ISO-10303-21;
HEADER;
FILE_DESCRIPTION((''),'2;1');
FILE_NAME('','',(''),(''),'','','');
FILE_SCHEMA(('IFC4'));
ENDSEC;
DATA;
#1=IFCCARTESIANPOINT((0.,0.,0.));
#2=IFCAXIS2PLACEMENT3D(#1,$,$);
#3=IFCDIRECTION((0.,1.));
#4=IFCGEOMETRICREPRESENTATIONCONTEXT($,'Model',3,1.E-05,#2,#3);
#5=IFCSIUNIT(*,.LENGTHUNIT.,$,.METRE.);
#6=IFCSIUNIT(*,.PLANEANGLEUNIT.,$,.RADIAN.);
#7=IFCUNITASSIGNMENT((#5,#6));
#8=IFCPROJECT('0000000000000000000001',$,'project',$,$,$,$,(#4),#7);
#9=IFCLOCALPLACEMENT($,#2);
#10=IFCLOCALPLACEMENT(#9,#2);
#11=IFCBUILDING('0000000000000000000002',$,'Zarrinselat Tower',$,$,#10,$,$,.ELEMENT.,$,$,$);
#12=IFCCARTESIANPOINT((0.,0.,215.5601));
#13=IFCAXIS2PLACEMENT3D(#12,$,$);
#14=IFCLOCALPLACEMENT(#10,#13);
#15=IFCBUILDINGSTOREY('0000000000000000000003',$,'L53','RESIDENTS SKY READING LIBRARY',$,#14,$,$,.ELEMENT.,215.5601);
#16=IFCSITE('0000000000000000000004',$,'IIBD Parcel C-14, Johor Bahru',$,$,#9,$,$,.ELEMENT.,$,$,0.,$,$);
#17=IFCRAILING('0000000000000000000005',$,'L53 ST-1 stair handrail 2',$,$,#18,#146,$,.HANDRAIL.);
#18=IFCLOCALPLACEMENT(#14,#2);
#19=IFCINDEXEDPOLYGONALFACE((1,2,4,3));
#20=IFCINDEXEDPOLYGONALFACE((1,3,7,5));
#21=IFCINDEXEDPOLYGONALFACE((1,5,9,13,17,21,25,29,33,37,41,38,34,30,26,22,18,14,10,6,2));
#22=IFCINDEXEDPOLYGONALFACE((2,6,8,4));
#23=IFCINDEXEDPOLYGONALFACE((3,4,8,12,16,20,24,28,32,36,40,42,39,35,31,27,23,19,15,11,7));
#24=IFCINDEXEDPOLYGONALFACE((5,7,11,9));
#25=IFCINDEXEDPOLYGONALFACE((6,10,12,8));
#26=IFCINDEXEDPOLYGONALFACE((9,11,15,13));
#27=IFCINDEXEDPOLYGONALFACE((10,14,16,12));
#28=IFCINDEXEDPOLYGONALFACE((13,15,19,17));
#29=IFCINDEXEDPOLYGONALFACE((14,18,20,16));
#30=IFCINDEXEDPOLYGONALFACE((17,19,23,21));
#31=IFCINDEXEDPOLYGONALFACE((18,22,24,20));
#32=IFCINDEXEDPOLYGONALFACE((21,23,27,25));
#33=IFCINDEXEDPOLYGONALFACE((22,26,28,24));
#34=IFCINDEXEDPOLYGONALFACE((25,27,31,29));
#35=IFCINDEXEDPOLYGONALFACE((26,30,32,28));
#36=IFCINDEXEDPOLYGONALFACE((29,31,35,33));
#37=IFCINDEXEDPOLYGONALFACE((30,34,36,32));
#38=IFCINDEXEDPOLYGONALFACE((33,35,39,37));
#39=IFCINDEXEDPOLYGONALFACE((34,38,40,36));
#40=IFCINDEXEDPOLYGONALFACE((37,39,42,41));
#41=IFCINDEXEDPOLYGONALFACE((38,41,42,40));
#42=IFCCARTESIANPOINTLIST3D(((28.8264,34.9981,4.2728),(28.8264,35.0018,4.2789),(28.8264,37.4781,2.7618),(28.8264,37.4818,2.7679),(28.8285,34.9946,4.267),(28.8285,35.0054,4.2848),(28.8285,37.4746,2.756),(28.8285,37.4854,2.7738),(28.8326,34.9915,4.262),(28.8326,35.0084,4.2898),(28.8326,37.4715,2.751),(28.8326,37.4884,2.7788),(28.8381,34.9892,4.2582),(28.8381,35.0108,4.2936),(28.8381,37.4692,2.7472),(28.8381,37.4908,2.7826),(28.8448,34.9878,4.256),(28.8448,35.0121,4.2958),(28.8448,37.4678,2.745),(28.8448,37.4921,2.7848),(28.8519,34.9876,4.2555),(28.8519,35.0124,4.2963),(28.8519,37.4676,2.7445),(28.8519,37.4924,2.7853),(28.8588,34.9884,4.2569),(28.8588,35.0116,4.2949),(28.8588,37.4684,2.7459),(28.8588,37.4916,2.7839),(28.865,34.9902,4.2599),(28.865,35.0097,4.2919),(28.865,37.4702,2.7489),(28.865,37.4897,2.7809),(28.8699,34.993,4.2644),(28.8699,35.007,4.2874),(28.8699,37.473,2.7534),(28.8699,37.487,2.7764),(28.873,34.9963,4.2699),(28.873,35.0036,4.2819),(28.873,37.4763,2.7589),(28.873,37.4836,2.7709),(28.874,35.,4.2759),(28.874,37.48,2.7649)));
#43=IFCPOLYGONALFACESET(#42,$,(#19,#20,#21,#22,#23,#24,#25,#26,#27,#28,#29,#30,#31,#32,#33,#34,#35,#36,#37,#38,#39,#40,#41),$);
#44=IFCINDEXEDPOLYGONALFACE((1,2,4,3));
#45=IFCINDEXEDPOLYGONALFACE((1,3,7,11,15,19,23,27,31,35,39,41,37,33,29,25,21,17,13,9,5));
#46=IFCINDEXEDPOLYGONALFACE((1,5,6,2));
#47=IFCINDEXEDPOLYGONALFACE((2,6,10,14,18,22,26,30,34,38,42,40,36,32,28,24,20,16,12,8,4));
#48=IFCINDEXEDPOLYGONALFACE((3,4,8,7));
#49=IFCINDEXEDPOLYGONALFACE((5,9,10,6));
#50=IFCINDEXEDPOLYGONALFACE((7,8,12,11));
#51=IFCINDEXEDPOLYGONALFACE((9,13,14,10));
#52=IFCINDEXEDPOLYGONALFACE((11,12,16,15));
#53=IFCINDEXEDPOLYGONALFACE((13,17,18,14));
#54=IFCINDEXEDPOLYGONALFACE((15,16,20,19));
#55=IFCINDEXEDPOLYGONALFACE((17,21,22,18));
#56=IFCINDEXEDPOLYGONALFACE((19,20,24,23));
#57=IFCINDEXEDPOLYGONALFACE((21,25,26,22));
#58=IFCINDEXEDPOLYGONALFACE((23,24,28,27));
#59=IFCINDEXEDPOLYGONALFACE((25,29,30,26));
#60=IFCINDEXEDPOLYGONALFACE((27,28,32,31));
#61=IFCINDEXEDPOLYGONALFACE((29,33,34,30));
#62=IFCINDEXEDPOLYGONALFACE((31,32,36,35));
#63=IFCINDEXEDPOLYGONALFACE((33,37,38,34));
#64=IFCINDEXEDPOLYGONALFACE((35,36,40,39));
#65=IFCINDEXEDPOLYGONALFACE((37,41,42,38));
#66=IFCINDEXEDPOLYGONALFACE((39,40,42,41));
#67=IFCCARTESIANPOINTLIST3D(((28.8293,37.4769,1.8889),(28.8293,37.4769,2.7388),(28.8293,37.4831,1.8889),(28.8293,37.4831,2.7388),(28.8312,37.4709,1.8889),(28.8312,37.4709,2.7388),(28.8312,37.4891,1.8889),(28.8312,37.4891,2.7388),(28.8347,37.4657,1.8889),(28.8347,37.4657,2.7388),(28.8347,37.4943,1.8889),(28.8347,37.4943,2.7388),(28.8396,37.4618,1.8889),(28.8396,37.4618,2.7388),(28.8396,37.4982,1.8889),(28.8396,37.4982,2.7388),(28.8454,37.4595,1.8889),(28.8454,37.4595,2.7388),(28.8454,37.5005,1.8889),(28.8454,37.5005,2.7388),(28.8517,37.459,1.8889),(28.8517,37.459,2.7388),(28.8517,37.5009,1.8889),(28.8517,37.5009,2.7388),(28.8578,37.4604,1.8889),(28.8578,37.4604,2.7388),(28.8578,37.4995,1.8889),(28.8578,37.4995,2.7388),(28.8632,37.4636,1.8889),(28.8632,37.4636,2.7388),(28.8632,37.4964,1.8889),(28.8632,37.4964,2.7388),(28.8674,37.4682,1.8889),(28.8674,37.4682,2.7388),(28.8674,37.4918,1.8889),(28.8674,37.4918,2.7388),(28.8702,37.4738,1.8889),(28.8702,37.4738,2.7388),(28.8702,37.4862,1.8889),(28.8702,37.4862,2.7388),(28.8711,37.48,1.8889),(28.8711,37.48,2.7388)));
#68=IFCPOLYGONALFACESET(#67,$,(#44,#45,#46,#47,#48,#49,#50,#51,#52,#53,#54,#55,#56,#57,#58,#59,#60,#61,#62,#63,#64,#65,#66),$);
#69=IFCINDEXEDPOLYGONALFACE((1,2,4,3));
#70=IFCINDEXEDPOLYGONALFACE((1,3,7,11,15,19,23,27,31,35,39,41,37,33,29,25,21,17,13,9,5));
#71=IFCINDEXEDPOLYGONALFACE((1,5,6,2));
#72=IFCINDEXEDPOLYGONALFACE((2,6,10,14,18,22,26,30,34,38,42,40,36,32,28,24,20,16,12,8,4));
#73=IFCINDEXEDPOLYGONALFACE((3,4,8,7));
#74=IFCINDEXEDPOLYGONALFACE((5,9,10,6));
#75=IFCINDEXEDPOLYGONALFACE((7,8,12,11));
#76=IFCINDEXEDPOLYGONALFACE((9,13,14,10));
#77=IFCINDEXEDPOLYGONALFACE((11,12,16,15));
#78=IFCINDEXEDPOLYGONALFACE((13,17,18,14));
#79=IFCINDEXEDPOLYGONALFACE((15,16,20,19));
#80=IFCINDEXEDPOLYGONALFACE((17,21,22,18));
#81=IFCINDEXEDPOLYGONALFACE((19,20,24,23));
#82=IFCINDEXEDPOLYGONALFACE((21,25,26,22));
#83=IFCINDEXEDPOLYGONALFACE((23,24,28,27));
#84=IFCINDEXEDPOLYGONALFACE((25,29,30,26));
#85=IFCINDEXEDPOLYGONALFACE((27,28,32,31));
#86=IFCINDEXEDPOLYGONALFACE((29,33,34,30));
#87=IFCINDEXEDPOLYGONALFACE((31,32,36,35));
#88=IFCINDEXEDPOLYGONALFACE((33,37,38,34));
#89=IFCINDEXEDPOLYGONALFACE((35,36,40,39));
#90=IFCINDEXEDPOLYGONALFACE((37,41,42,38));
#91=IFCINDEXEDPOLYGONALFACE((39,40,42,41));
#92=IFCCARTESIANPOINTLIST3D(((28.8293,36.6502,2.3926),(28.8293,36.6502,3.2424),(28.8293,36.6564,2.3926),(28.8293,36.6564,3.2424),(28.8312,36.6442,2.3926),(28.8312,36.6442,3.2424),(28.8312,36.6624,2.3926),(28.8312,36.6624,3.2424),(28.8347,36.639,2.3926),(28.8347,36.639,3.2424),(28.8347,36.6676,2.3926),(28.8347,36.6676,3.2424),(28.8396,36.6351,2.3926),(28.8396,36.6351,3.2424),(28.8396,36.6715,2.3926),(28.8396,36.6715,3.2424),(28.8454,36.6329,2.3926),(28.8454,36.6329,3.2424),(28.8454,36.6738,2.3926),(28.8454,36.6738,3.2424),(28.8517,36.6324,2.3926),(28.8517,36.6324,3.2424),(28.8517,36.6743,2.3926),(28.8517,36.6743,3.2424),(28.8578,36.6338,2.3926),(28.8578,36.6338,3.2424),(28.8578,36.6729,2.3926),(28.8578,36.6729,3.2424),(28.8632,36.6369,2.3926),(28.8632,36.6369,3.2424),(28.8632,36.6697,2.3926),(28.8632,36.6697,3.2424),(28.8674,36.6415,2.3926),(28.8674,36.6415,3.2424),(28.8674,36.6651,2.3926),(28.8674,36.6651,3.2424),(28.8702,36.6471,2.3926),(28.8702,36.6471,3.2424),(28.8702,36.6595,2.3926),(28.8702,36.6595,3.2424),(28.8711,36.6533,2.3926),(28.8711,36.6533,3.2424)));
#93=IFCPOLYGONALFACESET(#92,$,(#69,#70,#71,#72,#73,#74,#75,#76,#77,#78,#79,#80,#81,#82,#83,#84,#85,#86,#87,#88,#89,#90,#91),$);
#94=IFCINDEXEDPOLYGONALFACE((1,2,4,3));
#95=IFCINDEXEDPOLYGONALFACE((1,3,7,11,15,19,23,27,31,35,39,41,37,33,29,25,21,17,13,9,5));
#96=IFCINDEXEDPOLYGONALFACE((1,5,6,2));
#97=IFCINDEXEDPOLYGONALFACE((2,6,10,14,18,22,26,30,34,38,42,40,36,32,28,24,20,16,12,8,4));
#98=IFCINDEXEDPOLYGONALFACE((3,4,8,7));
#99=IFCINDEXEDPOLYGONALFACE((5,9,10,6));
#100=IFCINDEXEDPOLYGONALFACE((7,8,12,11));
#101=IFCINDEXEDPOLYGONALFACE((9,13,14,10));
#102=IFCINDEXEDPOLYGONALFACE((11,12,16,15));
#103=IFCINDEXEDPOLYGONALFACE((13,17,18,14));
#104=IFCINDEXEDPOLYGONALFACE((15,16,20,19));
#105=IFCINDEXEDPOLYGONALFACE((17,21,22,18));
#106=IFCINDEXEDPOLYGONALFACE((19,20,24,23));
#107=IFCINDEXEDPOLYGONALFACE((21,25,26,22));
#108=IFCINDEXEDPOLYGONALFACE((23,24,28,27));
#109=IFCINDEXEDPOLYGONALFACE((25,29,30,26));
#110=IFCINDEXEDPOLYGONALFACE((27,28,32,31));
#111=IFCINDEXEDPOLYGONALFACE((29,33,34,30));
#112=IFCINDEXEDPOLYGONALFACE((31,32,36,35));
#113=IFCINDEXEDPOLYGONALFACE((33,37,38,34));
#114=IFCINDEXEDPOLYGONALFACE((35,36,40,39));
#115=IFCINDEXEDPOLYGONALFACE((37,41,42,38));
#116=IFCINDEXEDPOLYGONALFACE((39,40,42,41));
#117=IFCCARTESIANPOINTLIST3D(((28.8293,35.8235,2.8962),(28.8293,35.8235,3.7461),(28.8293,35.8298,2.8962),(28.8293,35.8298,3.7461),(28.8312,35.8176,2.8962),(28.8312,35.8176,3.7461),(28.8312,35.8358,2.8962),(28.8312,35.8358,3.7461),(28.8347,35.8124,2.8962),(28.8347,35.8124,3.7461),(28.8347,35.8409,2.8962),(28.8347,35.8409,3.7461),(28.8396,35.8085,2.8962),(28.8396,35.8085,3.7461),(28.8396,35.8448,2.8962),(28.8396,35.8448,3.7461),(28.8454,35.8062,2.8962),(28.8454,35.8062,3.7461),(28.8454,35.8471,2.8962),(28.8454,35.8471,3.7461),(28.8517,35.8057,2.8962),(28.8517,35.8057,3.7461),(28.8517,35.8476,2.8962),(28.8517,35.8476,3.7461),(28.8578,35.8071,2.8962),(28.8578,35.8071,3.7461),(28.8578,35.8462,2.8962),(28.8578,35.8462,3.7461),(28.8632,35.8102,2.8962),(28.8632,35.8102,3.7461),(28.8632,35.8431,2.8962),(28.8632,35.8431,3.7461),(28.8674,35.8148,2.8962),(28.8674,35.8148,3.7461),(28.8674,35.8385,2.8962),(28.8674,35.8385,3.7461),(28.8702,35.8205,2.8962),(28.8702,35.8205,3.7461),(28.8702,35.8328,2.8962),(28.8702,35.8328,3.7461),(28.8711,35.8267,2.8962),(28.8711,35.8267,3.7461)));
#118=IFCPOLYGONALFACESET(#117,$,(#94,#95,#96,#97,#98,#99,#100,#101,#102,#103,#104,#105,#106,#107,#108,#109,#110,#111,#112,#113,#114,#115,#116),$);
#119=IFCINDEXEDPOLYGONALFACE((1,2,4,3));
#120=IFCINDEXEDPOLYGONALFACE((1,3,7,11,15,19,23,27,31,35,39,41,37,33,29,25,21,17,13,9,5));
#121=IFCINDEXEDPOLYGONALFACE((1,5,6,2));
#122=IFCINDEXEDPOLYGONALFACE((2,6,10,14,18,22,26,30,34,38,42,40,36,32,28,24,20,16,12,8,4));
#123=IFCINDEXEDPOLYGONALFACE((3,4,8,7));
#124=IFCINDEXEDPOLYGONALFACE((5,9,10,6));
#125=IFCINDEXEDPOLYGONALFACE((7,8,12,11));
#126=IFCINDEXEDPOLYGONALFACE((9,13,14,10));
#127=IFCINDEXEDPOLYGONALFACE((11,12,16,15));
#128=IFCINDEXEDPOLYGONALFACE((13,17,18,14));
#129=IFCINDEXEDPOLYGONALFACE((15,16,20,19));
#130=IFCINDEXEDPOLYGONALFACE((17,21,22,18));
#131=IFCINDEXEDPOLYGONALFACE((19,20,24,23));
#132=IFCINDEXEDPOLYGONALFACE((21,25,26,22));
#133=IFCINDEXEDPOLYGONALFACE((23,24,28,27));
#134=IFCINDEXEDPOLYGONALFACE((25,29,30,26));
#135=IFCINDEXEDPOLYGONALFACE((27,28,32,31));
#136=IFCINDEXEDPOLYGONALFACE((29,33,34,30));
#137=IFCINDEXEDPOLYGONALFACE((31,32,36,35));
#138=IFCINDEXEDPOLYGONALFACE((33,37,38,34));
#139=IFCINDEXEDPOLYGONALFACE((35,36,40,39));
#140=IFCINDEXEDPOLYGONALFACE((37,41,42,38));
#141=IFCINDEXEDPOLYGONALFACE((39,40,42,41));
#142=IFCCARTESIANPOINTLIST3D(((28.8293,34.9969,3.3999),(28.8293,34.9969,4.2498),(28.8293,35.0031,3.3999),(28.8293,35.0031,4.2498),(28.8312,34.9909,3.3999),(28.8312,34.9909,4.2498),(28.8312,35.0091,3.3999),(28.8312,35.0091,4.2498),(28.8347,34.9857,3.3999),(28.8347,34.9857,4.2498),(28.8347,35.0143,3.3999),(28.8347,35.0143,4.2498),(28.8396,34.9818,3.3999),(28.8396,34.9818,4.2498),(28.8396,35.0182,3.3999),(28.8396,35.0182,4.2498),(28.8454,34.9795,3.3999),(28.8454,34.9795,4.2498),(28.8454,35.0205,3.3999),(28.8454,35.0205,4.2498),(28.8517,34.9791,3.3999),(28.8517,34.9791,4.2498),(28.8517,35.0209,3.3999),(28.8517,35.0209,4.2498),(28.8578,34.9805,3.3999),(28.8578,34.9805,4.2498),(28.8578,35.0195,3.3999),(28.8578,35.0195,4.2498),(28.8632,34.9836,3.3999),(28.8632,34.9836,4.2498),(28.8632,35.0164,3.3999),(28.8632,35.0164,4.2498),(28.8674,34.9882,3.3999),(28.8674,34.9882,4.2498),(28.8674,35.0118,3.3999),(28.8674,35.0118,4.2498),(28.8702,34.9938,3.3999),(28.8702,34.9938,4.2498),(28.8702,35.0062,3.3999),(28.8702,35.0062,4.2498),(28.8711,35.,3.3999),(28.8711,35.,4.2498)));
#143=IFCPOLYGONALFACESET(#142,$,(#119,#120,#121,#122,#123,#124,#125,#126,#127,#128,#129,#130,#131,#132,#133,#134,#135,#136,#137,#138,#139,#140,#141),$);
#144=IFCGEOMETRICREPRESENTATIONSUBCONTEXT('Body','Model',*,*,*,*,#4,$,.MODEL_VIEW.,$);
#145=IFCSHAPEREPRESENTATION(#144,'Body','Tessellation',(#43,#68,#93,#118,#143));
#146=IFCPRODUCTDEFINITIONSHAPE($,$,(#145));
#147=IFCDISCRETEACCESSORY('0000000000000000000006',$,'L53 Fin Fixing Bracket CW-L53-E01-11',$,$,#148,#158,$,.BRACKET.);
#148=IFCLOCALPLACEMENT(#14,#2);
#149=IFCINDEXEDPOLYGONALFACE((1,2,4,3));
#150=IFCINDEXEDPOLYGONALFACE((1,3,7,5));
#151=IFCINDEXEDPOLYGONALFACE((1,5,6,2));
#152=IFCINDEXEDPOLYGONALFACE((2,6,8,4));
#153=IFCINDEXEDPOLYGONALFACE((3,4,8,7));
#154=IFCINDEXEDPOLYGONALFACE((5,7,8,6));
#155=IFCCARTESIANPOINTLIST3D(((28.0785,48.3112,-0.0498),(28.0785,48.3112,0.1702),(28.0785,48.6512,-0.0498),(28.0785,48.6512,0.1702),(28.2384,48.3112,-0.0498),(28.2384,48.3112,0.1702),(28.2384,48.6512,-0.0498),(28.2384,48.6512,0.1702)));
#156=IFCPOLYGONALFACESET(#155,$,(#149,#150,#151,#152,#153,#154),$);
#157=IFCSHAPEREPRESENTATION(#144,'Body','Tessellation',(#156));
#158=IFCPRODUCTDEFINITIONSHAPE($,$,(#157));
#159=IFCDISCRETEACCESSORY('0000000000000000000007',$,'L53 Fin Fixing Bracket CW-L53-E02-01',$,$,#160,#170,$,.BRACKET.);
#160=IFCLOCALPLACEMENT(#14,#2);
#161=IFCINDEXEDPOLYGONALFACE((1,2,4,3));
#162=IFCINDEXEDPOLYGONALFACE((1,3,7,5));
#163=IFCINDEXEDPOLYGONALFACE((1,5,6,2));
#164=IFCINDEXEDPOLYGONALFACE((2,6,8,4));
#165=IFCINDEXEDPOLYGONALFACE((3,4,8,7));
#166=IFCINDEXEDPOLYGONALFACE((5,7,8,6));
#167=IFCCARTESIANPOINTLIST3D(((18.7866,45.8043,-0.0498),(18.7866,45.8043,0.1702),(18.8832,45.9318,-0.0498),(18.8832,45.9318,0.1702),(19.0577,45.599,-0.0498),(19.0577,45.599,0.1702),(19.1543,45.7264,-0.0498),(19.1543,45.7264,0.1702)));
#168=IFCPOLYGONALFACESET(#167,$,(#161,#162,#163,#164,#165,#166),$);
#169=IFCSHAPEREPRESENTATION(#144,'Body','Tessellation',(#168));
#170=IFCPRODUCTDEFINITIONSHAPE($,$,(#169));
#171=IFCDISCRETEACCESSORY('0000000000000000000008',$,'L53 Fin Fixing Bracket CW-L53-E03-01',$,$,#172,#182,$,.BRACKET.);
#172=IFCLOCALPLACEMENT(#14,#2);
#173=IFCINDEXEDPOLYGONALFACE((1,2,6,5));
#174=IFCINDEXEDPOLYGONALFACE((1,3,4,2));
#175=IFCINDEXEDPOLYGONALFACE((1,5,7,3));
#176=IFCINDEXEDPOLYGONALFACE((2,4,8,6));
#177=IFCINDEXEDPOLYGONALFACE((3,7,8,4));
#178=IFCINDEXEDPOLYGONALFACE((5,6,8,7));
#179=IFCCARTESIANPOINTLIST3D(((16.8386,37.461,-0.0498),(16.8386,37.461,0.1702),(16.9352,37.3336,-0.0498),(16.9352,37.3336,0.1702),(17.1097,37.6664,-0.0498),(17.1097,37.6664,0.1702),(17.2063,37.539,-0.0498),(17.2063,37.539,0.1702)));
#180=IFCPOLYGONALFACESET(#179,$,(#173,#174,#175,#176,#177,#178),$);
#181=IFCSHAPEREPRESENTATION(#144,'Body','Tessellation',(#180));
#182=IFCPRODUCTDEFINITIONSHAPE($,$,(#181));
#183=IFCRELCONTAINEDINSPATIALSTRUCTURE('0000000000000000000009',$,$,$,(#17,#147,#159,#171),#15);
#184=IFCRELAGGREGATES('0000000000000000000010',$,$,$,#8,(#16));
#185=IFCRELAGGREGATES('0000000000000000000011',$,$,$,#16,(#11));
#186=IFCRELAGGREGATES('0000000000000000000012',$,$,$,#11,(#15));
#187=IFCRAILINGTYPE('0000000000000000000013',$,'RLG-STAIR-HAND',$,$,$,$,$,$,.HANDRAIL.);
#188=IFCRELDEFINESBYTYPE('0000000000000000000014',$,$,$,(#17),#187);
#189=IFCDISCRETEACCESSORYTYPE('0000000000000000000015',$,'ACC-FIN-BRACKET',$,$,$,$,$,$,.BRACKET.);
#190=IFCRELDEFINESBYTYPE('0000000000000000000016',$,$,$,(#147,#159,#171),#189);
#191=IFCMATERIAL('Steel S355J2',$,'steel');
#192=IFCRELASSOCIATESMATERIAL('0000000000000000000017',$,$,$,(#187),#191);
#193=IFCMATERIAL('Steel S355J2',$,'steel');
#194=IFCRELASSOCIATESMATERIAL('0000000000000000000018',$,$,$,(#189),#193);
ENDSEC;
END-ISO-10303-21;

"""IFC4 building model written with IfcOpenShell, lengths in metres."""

from ifc_helpers import new_model, si_unit, direction, frame, origin, origin_2d, place, context, subcontext, project, spatial, rectangle, circle, extrude, material, type_object, element, save


model = new_model("IFC4")

# Units and contexts
model_context = context("Model", 3, precision=1e-05, world=origin(), true_north=direction((0.0, 1.0)))
body_context = subcontext(model_context, "Body", "Model", "MODEL_VIEW")
ifc_project = project(units=[si_unit("LENGTHUNIT", "METRE"), si_unit("PLANEANGLEUNIT", "RADIAN")], contexts=[model_context])

# Site, building, storey
site_placement = place(None, origin())
site = spatial("IfcSite", under=ifc_project, at=site_placement, Name="IIBD Parcel C-14, Johor Bahru", CompositionType="ELEMENT", RefElevation=0.0)
building_placement = place(site_placement, origin())
building = spatial("IfcBuilding", under=site, at=building_placement, Name="Zarrinselat Tower", CompositionType="ELEMENT")
storey_placement = place(building_placement, frame((0.0, 0.0, 215.5601)))
storey = spatial("IfcBuildingStorey", under=building, at=storey_placement, Name="L53", Description="RESIDENTS SKY READING LIBRARY", CompositionType="ELEMENT", Elevation=215.5601)

# Railing
ifc_material_1 = material(Name="Steel S355J2", Category="steel")
railing_type = type_object("IfcRailingType", Name="RLG-STAIR-HAND", PredefinedType="HANDRAIL", material=ifc_material_1)
railing_placement = place(storey_placement, frame((28.8501, 37.48, 1.8889)))
element("IfcRailing", 1, at=railing_placement, inside=storey, type_object=railing_type, Name="L53 ST-1 stair handrail 2", PredefinedType="HANDRAIL", context=body_context, shape_type="SweptSolid", body=[
    extrude(circle(Radius=0.0239, at=origin_2d()), frame((0.0, 0.0, 0.876), z_axis=(0.0, -0.853979, 0.520307), x_axis=(1.0, 0.0, 0.0)), (0.0, 0.0, 1.0), 2.9041),
    extrude(circle(Radius=0.021, at=origin_2d()), origin(), (0.0, 0.0, 1.0), 0.8499),
    extrude(circle(Radius=0.021, at=origin_2d()), frame((0.0, -0.8267, 0.5037)), (0.0, 0.0, 1.0), 0.8499),
    extrude(circle(Radius=0.021, at=origin_2d()), frame((0.0, -1.6533, 1.0073)), (0.0, 0.0, 1.0), 0.8499),
    extrude(circle(Radius=0.021, at=origin_2d()), frame((0.0, -2.48, 1.511)), (0.0, 0.0, 1.0), 0.8499),
])

# Discrete accessories
ifc_material_2 = material(Name="Steel S355J2", Category="steel")
discrete_accessory_type = type_object("IfcDiscreteAccessoryType", Name="ACC-FIN-BRACKET", PredefinedType="BRACKET", material=ifc_material_2)
for number, where, z_axis, x_axis, name in (
    (2, (28.1584, 48.4812, -0.0498), (0.0, 0.0, 1.0), (0.0, 1.0, 0.0), "L53 Fin Fixing Bracket CW-L53-E01-11"),
    (3, (18.9705, 45.7654, -0.0498), (0.0, 0.0, 1.0), (-0.797095, 0.603854, 0.0), "L53 Fin Fixing Bracket CW-L53-E02-01"),
    (4, (17.0225, 37.5, -0.0498), (0.0, 0.0, 1.0), (-0.797091, -0.603859, 0.0), "L53 Fin Fixing Bracket CW-L53-E03-01"),
):
    element("IfcDiscreteAccessory", number, at=place(storey_placement, frame(where, z_axis=z_axis, x_axis=x_axis)), inside=storey, type_object=discrete_accessory_type, Name=name, PredefinedType="BRACKET", context=body_context, shape_type="SweptSolid", body=[
        extrude(rectangle(XDim=0.3401, YDim=0.1599, at=origin_2d()), origin(), (0.0, 0.0, 1.0), 0.22),
    ])

save(model, "model.ifc")
